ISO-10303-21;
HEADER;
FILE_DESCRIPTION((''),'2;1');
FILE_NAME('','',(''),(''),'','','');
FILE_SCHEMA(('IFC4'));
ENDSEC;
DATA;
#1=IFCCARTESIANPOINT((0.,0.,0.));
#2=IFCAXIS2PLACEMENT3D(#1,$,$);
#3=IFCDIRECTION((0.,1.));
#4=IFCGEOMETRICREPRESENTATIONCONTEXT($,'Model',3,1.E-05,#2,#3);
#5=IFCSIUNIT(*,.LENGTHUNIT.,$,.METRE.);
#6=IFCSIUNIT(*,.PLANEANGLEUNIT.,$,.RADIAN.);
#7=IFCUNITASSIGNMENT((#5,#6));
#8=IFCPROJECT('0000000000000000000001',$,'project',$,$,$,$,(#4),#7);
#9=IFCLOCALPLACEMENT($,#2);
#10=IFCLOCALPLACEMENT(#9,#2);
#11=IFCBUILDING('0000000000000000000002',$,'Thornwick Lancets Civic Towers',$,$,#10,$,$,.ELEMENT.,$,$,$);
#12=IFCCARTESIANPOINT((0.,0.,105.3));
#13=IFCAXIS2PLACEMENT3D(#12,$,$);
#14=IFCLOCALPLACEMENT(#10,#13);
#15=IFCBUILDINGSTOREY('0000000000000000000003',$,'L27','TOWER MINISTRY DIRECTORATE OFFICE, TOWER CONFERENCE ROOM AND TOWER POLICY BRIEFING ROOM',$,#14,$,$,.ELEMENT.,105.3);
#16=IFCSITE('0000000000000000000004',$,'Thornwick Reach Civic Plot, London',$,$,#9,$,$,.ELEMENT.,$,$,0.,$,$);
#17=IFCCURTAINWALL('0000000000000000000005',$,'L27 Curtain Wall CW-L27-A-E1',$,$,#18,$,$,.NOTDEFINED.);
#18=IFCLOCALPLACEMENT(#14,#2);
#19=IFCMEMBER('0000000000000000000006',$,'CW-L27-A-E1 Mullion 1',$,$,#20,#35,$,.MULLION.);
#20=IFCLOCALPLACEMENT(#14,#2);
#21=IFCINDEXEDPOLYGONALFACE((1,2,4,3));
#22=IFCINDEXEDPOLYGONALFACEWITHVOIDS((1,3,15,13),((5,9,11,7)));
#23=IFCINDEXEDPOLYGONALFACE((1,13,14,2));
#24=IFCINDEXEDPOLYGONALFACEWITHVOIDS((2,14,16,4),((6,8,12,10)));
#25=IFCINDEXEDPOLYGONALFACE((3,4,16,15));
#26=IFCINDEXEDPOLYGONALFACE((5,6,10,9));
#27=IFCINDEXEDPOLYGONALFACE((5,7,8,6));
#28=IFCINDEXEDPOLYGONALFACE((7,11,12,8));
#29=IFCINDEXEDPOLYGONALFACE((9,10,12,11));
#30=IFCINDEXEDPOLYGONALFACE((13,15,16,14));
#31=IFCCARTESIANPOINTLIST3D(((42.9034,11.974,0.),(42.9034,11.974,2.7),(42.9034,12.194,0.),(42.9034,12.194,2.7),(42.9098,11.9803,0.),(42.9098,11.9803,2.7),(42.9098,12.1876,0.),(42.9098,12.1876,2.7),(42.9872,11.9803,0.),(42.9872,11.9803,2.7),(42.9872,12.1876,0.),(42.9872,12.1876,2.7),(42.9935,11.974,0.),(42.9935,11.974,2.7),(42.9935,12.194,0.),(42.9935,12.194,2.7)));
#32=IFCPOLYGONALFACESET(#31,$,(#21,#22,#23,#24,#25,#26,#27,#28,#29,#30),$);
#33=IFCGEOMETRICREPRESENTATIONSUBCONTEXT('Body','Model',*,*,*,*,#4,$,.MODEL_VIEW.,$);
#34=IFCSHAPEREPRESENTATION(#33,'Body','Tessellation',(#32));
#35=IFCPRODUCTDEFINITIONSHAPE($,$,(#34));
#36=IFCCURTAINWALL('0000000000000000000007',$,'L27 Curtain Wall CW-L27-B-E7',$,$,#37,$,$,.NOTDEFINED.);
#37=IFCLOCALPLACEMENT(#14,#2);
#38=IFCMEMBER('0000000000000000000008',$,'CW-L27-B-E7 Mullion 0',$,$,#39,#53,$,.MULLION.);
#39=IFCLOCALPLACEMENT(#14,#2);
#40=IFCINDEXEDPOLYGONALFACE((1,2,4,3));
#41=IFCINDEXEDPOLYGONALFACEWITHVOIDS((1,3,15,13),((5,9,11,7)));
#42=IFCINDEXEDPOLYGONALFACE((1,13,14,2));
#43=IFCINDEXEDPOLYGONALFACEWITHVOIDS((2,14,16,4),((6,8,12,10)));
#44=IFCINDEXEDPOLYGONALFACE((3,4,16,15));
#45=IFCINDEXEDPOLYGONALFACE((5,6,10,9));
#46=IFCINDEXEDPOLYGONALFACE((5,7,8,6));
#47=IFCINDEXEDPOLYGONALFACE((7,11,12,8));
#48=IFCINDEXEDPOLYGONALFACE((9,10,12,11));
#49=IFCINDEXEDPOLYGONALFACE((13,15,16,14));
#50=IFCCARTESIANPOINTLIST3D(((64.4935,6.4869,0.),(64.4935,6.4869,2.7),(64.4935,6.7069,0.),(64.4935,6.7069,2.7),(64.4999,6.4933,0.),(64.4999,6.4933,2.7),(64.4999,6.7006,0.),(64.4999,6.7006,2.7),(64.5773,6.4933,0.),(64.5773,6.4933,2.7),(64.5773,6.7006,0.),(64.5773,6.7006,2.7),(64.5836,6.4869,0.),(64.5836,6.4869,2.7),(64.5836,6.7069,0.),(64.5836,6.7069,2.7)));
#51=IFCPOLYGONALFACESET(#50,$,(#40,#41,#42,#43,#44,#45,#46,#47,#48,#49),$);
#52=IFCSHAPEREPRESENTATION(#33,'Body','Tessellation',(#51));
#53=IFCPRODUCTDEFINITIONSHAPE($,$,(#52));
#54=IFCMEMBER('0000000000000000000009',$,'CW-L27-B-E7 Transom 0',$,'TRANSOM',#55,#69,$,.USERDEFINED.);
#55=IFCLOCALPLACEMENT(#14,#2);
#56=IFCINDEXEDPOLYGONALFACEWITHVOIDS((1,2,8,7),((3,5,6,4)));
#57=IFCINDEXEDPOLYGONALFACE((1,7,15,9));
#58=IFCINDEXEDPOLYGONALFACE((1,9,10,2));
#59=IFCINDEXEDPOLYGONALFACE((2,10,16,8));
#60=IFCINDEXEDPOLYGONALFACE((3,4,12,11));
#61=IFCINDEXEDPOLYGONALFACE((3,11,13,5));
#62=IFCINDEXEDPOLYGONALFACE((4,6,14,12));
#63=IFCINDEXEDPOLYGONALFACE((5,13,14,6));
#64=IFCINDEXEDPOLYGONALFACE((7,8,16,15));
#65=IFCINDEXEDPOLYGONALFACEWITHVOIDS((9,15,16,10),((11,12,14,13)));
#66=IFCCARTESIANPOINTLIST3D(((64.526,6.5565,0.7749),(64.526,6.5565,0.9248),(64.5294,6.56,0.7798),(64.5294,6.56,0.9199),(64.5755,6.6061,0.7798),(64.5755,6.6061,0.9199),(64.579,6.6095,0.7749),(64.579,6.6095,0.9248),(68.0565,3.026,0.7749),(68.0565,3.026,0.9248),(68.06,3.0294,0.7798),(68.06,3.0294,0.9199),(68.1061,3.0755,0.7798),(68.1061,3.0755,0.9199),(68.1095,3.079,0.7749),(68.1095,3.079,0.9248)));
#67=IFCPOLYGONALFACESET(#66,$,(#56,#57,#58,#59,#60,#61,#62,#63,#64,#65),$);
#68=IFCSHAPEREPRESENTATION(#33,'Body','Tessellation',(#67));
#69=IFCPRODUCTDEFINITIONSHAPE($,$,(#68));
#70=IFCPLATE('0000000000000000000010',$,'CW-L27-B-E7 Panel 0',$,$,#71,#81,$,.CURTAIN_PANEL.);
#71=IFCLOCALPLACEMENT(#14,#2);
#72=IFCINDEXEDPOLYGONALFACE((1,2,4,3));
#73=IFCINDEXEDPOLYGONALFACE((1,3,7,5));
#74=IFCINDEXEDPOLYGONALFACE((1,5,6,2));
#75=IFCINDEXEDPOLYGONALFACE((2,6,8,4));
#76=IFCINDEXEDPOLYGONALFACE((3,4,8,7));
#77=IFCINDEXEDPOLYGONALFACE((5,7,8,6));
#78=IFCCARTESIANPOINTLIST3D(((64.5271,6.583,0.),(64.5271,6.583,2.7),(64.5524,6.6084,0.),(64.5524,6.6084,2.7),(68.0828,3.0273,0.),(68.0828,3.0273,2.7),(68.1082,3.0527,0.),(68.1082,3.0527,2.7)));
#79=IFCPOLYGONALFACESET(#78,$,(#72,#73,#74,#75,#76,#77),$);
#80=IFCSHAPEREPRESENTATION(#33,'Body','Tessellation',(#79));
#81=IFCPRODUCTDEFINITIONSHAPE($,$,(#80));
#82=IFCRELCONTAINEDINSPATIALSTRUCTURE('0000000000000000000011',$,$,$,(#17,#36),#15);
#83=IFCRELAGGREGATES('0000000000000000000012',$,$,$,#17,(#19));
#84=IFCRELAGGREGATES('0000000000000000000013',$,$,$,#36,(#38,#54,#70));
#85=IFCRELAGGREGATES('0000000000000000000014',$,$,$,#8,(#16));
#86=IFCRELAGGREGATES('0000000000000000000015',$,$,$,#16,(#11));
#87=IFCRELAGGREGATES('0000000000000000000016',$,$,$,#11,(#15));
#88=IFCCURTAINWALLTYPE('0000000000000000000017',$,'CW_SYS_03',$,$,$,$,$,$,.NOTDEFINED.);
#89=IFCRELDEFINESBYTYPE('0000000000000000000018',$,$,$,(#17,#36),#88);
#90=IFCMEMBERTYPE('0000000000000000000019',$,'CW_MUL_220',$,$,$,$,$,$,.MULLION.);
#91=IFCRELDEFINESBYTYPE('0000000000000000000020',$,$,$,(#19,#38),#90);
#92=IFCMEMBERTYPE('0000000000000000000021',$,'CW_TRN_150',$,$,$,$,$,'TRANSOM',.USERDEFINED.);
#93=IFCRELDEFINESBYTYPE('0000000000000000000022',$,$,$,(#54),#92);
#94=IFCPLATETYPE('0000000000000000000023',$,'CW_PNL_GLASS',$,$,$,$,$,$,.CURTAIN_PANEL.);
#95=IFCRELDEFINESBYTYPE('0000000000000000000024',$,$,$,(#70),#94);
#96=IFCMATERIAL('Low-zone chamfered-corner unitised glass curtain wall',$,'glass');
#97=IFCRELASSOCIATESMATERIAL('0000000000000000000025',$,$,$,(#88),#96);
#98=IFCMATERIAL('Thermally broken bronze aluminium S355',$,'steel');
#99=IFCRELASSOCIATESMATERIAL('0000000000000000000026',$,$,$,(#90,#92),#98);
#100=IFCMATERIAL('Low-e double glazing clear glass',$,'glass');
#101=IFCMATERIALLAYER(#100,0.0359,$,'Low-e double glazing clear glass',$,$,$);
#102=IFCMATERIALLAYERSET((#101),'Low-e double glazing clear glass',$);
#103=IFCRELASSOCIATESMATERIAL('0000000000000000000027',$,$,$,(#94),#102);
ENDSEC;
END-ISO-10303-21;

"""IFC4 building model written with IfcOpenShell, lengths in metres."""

from ifc_helpers import new_model, si_unit, direction, frame, origin, origin_2d, place, context, subcontext, project, spatial, rectangle, hollow_rectangle, extrude, material, layer, layer_set, material_profile, profile_set, type_object, element, aggregate, save


model = new_model("IFC4")

# Units and contexts
model_context = context("Model", 3, precision=1e-05, world=origin(), true_north=direction((0.0, 1.0)))
body_context = subcontext(model_context, "Body", "Model", "MODEL_VIEW")
ifc_project = project(units=[si_unit("LENGTHUNIT", "METRE"), si_unit("PLANEANGLEUNIT", "RADIAN")], contexts=[model_context])

# Site, building, storey
site_placement = place(None, origin())
site = spatial("IfcSite", under=ifc_project, at=site_placement, Name="Thornwick Reach Civic Plot, London", CompositionType="ELEMENT", RefElevation=0.0)
building_placement = place(site_placement, origin())
building = spatial("IfcBuilding", under=site, at=building_placement, Name="Thornwick Lancets Civic Towers", CompositionType="ELEMENT")
storey_placement = place(building_placement, frame((0.0, 0.0, 105.3)))
storey = spatial("IfcBuildingStorey", under=building, at=storey_placement, Name="L27", Description="TOWER MINISTRY DIRECTORATE OFFICE, TOWER CONFERENCE ROOM AND TOWER POLICY BRIEFING ROOM", CompositionType="ELEMENT", Elevation=105.3)

# Curtain wall, member
ifc_material_1 = material(Name="Low-zone chamfered-corner unitised glass curtain wall", Category="glass")
curtain_wall_type = type_object("IfcCurtainWallType", Name="CW_SYS_03", PredefinedType="NOTDEFINED", material=ifc_material_1)
curtain_wall_1_placement = place(storey_placement, origin())
curtain_wall_1 = element("IfcCurtainWall", 1, at=curtain_wall_1_placement, inside=storey, type_object=curtain_wall_type, Name="L27 Curtain Wall CW-L27-A-E1", PredefinedType="NOTDEFINED")
ifc_material_2 = material(Name="Thermally broken bronze aluminium S355", Category="steel")
ifc_material_profile_1 = material_profile(ifc_material_2, hollow_rectangle(XDim=0.0901, YDim=0.22, WallThickness=0.0063, at=origin_2d()), Name="RHS 220x90x6.3")
ifc_profile_set_1 = profile_set([ifc_material_profile_1], Name="Thermally broken bronze aluminium S355")
member_type_1 = type_object("IfcMemberType", Name="CW_MUL_220", PredefinedType="MULLION", material=ifc_profile_set_1)
member_1_placement = place(storey_placement, frame((42.9485, 12.084, 0.0), z_axis=(0.0, 0.0, 1.0), x_axis=(1.0, 0.0, 0.0)))
member_1 = element("IfcMember", 2, at=member_1_placement, type_object=member_type_1, Name="CW-L27-A-E1 Mullion 1", PredefinedType="MULLION", context=body_context, shape_type="SweptSolid", body=[
    extrude(hollow_rectangle(XDim=0.0901, YDim=0.22, WallThickness=0.0063, at=origin_2d()), origin(), (0.0, 0.0, 1.0), 2.7),
])
aggregate(curtain_wall_1, [member_1])

# Curtain wall, members, plate
curtain_wall_2_placement = place(storey_placement, origin())
curtain_wall_2 = element("IfcCurtainWall", 3, at=curtain_wall_2_placement, inside=storey, type_object=curtain_wall_type, Name="L27 Curtain Wall CW-L27-B-E7", PredefinedType="NOTDEFINED")
member_2_placement = place(storey_placement, frame((64.5386, 6.5969, 0.0), z_axis=(0.0, 0.0, 1.0), x_axis=(1.0, 0.0, 0.0)))
member_2 = element("IfcMember", 4, at=member_2_placement, type_object=member_type_1, Name="CW-L27-B-E7 Mullion 0", PredefinedType="MULLION", context=body_context, shape_type="SweptSolid", body=[
    extrude(hollow_rectangle(XDim=0.0901, YDim=0.22, WallThickness=0.0063, at=origin_2d()), origin(), (0.0, 0.0, 1.0), 2.7),
])
ifc_material_profile_2 = material_profile(ifc_material_2, hollow_rectangle(XDim=0.075, YDim=0.1499, WallThickness=0.0049, at=origin_2d()), Name="RHS 150x75x5")
ifc_profile_set_2 = profile_set([ifc_material_profile_2], Name="Thermally broken bronze aluminium S355")
member_type_2 = type_object("IfcMemberType", Name="CW_TRN_150", ElementType="TRANSOM", PredefinedType="USERDEFINED", material=ifc_profile_set_2)
member_3_placement = place(storey_placement, frame((64.5525, 6.583, 0.8499), z_axis=(0.707107, -0.707107, 0.0), x_axis=(0.707107, 0.707107, 0.0)))
member_3 = element("IfcMember", 5, at=member_3_placement, type_object=member_type_2, Name="CW-L27-B-E7 Transom 0", ObjectType="TRANSOM", PredefinedType="USERDEFINED", context=body_context, shape_type="SweptSolid", body=[
    extrude(hollow_rectangle(XDim=0.075, YDim=0.1499, WallThickness=0.0049, at=origin_2d()), origin(), (0.0, 0.0, 1.0), 4.9929),
])
ifc_material_3 = material(Name="Low-e double glazing clear glass", Category="glass")
ifc_layer_1 = layer(ifc_material_3, 0.0359, Name="Low-e double glazing clear glass")
ifc_layer_set_1 = layer_set([ifc_layer_1], Name="Low-e double glazing clear glass")
plate_type = type_object("IfcPlateType", Name="CW_PNL_GLASS", PredefinedType="CURTAIN_PANEL", material=ifc_layer_set_1)
plate_placement = place(storey_placement, frame((66.3176, 4.8179, 0.0), z_axis=(0.0, 0.0, 1.0), x_axis=(0.707107, -0.707107, 0.0)))
plate = element("IfcPlate", 6, at=plate_placement, type_object=plate_type, Name="CW-L27-B-E7 Panel 0", PredefinedType="CURTAIN_PANEL", context=body_context, shape_type="SweptSolid", body=[
    extrude(rectangle(XDim=5.0286, YDim=0.0359, at=origin_2d()), origin(), (0.0, 0.0, 1.0), 2.7),
])
aggregate(curtain_wall_2, [member_2, member_3, plate])

save(model, "model.ifc")
